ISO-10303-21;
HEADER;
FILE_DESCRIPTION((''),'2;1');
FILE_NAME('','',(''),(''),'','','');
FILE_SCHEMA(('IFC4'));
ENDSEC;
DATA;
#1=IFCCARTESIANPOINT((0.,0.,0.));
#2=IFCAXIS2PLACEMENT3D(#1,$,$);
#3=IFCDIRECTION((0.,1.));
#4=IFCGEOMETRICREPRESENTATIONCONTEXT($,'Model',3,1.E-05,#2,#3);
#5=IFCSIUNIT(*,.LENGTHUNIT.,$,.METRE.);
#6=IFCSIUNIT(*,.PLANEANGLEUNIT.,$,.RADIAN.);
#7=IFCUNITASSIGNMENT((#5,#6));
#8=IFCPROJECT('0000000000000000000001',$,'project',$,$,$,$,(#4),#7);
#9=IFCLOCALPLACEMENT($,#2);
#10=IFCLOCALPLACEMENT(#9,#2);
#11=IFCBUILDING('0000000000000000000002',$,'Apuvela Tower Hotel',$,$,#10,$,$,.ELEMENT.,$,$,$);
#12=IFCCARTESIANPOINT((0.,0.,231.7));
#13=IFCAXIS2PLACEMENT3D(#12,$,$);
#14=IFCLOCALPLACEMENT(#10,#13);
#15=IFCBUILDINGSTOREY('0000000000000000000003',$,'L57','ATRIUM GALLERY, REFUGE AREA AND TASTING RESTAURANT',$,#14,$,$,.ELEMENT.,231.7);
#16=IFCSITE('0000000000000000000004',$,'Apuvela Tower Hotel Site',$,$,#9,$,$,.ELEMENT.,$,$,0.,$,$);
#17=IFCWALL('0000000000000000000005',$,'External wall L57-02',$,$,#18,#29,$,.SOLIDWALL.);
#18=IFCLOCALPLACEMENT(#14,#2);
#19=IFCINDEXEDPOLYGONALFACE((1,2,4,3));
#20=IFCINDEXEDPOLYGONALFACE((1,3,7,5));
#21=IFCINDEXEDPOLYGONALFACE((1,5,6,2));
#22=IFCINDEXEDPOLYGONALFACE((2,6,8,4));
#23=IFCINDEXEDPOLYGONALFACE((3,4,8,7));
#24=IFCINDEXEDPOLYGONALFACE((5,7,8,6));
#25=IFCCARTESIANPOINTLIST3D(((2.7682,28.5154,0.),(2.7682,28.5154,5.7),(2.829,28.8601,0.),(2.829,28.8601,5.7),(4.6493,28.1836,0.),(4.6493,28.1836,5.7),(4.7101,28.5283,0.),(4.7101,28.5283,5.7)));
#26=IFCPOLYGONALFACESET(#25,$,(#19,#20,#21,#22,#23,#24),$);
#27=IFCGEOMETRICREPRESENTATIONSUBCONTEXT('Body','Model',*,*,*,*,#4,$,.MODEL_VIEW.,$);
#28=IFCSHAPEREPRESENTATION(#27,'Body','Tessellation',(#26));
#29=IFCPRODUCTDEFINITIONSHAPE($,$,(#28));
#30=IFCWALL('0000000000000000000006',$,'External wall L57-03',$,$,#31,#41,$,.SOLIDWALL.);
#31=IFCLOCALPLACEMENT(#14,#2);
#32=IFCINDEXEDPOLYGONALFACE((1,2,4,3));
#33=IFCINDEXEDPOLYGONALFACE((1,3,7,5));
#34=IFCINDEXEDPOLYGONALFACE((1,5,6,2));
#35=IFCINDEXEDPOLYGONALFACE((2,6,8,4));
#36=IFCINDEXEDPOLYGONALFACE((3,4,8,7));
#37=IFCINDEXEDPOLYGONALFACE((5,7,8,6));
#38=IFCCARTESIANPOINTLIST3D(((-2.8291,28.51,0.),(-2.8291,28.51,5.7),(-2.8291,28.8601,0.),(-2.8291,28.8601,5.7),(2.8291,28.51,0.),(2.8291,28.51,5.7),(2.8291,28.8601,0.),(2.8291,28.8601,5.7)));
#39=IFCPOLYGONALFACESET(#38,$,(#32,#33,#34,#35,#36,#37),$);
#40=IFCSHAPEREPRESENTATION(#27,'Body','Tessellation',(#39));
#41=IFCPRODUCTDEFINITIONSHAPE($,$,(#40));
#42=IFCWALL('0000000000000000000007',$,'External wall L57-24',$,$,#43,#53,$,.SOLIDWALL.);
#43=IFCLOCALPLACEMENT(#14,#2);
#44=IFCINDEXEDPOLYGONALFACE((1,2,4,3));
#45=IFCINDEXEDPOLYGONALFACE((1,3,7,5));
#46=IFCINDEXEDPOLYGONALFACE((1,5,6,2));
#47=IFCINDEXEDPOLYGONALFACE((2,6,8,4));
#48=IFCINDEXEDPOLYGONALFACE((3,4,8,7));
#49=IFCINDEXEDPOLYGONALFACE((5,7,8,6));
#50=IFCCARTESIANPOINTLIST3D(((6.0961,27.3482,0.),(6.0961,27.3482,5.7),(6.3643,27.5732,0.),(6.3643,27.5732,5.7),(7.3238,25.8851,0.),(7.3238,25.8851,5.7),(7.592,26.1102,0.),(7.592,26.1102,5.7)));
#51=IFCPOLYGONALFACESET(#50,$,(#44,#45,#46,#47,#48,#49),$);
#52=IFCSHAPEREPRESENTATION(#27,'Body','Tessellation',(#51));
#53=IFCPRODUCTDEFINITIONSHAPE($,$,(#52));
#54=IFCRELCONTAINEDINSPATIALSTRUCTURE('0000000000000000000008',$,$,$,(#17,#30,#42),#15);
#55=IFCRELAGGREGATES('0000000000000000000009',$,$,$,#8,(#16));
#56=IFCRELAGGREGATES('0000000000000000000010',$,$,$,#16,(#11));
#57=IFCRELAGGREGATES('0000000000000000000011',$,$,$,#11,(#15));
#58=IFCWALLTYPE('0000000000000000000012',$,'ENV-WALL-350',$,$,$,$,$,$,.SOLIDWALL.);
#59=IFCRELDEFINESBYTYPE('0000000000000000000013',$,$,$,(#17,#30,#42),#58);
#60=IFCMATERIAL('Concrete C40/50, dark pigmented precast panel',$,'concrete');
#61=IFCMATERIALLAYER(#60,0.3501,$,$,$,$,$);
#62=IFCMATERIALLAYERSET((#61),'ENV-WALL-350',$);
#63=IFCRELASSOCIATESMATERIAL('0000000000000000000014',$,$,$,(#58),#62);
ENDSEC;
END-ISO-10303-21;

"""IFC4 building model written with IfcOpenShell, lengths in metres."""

from ifc_helpers import new_model, si_unit, direction, frame, frame_2d, origin, place, context, subcontext, project, spatial, rectangle, extrude, material, layer, layer_set, type_object, element, save


model = new_model("IFC4")

# Units and contexts
model_context = context("Model", 3, precision=1e-05, world=origin(), true_north=direction((0.0, 1.0)))
body_context = subcontext(model_context, "Body", "Model", "MODEL_VIEW")
ifc_project = project(units=[si_unit("LENGTHUNIT", "METRE"), si_unit("PLANEANGLEUNIT", "RADIAN")], contexts=[model_context])

# Site, building, storey
site_placement = place(None, origin())
site = spatial("IfcSite", under=ifc_project, at=site_placement, Name="Apuvela Tower Hotel Site", CompositionType="ELEMENT", RefElevation=0.0)
building_placement = place(site_placement, origin())
building = spatial("IfcBuilding", under=site, at=building_placement, Name="Apuvela Tower Hotel", CompositionType="ELEMENT")
storey_placement = place(building_placement, frame((0.0, 0.0, 231.7)))
storey = spatial("IfcBuildingStorey", under=building, at=storey_placement, Name="L57", Description="ATRIUM GALLERY, REFUGE AREA AND TASTING RESTAURANT", CompositionType="ELEMENT", Elevation=231.7)

# Walls
ifc_material_1 = material(Name="Concrete C40/50, dark pigmented precast panel", Category="concrete")
ifc_layer_1 = layer(ifc_material_1, 0.3501)
ifc_layer_set_1 = layer_set([ifc_layer_1], Name="ENV-WALL-350")
wall_type_1 = type_object("IfcWallType", Name="ENV-WALL-350", PredefinedType="SOLIDWALL", material=ifc_layer_set_1)
for number, where, z_axis, x_axis, name in (
    (1, (4.6797, 28.356, 0.0), (0.0, 0.0, 1.0), (-0.984799, 0.173698, 0.0), "External wall L57-02"),
):
    element("IfcWall", number, at=place(storey_placement, frame(where, z_axis=z_axis, x_axis=x_axis)), inside=storey, type_object=wall_type_1, Name=name, PredefinedType="SOLIDWALL", context=body_context, shape_type="SweptSolid", body=[
        extrude(rectangle(XDim=1.9102, YDim=0.3501, at=frame_2d((0.9551, 0.0))), origin(), (0.0, 0.0, 1.0), 5.7),
    ])
wall_1_placement = place(storey_placement, frame((2.8291, 28.6851, 0.0), z_axis=(0.0, 0.0, 1.0), x_axis=(-1.0, 0.0, 0.0)))
element("IfcWall", 2, at=wall_1_placement, inside=storey, type_object=wall_type_1, Name="External wall L57-03", PredefinedType="SOLIDWALL", context=body_context, shape_type="SweptSolid", body=[
    extrude(rectangle(XDim=5.6582, YDim=0.3501, at=frame_2d((2.8291, 0.0))), origin(), (0.0, 0.0, 1.0), 5.7),
])
wall_2_placement = place(storey_placement, frame((7.458, 25.9976, 0.0), z_axis=(0.0, 0.0, 1.0), x_axis=(-0.642808, 0.766027, 0.0)))
element("IfcWall", 3, at=wall_2_placement, inside=storey, type_object=wall_type_1, Name="External wall L57-24", PredefinedType="SOLIDWALL", context=body_context, shape_type="SweptSolid", body=[
    extrude(rectangle(XDim=1.9099, YDim=0.3501, at=frame_2d((0.9551, 0.0))), origin(), (0.0, 0.0, 1.0), 5.7),
])

save(model, "model.ifc")
